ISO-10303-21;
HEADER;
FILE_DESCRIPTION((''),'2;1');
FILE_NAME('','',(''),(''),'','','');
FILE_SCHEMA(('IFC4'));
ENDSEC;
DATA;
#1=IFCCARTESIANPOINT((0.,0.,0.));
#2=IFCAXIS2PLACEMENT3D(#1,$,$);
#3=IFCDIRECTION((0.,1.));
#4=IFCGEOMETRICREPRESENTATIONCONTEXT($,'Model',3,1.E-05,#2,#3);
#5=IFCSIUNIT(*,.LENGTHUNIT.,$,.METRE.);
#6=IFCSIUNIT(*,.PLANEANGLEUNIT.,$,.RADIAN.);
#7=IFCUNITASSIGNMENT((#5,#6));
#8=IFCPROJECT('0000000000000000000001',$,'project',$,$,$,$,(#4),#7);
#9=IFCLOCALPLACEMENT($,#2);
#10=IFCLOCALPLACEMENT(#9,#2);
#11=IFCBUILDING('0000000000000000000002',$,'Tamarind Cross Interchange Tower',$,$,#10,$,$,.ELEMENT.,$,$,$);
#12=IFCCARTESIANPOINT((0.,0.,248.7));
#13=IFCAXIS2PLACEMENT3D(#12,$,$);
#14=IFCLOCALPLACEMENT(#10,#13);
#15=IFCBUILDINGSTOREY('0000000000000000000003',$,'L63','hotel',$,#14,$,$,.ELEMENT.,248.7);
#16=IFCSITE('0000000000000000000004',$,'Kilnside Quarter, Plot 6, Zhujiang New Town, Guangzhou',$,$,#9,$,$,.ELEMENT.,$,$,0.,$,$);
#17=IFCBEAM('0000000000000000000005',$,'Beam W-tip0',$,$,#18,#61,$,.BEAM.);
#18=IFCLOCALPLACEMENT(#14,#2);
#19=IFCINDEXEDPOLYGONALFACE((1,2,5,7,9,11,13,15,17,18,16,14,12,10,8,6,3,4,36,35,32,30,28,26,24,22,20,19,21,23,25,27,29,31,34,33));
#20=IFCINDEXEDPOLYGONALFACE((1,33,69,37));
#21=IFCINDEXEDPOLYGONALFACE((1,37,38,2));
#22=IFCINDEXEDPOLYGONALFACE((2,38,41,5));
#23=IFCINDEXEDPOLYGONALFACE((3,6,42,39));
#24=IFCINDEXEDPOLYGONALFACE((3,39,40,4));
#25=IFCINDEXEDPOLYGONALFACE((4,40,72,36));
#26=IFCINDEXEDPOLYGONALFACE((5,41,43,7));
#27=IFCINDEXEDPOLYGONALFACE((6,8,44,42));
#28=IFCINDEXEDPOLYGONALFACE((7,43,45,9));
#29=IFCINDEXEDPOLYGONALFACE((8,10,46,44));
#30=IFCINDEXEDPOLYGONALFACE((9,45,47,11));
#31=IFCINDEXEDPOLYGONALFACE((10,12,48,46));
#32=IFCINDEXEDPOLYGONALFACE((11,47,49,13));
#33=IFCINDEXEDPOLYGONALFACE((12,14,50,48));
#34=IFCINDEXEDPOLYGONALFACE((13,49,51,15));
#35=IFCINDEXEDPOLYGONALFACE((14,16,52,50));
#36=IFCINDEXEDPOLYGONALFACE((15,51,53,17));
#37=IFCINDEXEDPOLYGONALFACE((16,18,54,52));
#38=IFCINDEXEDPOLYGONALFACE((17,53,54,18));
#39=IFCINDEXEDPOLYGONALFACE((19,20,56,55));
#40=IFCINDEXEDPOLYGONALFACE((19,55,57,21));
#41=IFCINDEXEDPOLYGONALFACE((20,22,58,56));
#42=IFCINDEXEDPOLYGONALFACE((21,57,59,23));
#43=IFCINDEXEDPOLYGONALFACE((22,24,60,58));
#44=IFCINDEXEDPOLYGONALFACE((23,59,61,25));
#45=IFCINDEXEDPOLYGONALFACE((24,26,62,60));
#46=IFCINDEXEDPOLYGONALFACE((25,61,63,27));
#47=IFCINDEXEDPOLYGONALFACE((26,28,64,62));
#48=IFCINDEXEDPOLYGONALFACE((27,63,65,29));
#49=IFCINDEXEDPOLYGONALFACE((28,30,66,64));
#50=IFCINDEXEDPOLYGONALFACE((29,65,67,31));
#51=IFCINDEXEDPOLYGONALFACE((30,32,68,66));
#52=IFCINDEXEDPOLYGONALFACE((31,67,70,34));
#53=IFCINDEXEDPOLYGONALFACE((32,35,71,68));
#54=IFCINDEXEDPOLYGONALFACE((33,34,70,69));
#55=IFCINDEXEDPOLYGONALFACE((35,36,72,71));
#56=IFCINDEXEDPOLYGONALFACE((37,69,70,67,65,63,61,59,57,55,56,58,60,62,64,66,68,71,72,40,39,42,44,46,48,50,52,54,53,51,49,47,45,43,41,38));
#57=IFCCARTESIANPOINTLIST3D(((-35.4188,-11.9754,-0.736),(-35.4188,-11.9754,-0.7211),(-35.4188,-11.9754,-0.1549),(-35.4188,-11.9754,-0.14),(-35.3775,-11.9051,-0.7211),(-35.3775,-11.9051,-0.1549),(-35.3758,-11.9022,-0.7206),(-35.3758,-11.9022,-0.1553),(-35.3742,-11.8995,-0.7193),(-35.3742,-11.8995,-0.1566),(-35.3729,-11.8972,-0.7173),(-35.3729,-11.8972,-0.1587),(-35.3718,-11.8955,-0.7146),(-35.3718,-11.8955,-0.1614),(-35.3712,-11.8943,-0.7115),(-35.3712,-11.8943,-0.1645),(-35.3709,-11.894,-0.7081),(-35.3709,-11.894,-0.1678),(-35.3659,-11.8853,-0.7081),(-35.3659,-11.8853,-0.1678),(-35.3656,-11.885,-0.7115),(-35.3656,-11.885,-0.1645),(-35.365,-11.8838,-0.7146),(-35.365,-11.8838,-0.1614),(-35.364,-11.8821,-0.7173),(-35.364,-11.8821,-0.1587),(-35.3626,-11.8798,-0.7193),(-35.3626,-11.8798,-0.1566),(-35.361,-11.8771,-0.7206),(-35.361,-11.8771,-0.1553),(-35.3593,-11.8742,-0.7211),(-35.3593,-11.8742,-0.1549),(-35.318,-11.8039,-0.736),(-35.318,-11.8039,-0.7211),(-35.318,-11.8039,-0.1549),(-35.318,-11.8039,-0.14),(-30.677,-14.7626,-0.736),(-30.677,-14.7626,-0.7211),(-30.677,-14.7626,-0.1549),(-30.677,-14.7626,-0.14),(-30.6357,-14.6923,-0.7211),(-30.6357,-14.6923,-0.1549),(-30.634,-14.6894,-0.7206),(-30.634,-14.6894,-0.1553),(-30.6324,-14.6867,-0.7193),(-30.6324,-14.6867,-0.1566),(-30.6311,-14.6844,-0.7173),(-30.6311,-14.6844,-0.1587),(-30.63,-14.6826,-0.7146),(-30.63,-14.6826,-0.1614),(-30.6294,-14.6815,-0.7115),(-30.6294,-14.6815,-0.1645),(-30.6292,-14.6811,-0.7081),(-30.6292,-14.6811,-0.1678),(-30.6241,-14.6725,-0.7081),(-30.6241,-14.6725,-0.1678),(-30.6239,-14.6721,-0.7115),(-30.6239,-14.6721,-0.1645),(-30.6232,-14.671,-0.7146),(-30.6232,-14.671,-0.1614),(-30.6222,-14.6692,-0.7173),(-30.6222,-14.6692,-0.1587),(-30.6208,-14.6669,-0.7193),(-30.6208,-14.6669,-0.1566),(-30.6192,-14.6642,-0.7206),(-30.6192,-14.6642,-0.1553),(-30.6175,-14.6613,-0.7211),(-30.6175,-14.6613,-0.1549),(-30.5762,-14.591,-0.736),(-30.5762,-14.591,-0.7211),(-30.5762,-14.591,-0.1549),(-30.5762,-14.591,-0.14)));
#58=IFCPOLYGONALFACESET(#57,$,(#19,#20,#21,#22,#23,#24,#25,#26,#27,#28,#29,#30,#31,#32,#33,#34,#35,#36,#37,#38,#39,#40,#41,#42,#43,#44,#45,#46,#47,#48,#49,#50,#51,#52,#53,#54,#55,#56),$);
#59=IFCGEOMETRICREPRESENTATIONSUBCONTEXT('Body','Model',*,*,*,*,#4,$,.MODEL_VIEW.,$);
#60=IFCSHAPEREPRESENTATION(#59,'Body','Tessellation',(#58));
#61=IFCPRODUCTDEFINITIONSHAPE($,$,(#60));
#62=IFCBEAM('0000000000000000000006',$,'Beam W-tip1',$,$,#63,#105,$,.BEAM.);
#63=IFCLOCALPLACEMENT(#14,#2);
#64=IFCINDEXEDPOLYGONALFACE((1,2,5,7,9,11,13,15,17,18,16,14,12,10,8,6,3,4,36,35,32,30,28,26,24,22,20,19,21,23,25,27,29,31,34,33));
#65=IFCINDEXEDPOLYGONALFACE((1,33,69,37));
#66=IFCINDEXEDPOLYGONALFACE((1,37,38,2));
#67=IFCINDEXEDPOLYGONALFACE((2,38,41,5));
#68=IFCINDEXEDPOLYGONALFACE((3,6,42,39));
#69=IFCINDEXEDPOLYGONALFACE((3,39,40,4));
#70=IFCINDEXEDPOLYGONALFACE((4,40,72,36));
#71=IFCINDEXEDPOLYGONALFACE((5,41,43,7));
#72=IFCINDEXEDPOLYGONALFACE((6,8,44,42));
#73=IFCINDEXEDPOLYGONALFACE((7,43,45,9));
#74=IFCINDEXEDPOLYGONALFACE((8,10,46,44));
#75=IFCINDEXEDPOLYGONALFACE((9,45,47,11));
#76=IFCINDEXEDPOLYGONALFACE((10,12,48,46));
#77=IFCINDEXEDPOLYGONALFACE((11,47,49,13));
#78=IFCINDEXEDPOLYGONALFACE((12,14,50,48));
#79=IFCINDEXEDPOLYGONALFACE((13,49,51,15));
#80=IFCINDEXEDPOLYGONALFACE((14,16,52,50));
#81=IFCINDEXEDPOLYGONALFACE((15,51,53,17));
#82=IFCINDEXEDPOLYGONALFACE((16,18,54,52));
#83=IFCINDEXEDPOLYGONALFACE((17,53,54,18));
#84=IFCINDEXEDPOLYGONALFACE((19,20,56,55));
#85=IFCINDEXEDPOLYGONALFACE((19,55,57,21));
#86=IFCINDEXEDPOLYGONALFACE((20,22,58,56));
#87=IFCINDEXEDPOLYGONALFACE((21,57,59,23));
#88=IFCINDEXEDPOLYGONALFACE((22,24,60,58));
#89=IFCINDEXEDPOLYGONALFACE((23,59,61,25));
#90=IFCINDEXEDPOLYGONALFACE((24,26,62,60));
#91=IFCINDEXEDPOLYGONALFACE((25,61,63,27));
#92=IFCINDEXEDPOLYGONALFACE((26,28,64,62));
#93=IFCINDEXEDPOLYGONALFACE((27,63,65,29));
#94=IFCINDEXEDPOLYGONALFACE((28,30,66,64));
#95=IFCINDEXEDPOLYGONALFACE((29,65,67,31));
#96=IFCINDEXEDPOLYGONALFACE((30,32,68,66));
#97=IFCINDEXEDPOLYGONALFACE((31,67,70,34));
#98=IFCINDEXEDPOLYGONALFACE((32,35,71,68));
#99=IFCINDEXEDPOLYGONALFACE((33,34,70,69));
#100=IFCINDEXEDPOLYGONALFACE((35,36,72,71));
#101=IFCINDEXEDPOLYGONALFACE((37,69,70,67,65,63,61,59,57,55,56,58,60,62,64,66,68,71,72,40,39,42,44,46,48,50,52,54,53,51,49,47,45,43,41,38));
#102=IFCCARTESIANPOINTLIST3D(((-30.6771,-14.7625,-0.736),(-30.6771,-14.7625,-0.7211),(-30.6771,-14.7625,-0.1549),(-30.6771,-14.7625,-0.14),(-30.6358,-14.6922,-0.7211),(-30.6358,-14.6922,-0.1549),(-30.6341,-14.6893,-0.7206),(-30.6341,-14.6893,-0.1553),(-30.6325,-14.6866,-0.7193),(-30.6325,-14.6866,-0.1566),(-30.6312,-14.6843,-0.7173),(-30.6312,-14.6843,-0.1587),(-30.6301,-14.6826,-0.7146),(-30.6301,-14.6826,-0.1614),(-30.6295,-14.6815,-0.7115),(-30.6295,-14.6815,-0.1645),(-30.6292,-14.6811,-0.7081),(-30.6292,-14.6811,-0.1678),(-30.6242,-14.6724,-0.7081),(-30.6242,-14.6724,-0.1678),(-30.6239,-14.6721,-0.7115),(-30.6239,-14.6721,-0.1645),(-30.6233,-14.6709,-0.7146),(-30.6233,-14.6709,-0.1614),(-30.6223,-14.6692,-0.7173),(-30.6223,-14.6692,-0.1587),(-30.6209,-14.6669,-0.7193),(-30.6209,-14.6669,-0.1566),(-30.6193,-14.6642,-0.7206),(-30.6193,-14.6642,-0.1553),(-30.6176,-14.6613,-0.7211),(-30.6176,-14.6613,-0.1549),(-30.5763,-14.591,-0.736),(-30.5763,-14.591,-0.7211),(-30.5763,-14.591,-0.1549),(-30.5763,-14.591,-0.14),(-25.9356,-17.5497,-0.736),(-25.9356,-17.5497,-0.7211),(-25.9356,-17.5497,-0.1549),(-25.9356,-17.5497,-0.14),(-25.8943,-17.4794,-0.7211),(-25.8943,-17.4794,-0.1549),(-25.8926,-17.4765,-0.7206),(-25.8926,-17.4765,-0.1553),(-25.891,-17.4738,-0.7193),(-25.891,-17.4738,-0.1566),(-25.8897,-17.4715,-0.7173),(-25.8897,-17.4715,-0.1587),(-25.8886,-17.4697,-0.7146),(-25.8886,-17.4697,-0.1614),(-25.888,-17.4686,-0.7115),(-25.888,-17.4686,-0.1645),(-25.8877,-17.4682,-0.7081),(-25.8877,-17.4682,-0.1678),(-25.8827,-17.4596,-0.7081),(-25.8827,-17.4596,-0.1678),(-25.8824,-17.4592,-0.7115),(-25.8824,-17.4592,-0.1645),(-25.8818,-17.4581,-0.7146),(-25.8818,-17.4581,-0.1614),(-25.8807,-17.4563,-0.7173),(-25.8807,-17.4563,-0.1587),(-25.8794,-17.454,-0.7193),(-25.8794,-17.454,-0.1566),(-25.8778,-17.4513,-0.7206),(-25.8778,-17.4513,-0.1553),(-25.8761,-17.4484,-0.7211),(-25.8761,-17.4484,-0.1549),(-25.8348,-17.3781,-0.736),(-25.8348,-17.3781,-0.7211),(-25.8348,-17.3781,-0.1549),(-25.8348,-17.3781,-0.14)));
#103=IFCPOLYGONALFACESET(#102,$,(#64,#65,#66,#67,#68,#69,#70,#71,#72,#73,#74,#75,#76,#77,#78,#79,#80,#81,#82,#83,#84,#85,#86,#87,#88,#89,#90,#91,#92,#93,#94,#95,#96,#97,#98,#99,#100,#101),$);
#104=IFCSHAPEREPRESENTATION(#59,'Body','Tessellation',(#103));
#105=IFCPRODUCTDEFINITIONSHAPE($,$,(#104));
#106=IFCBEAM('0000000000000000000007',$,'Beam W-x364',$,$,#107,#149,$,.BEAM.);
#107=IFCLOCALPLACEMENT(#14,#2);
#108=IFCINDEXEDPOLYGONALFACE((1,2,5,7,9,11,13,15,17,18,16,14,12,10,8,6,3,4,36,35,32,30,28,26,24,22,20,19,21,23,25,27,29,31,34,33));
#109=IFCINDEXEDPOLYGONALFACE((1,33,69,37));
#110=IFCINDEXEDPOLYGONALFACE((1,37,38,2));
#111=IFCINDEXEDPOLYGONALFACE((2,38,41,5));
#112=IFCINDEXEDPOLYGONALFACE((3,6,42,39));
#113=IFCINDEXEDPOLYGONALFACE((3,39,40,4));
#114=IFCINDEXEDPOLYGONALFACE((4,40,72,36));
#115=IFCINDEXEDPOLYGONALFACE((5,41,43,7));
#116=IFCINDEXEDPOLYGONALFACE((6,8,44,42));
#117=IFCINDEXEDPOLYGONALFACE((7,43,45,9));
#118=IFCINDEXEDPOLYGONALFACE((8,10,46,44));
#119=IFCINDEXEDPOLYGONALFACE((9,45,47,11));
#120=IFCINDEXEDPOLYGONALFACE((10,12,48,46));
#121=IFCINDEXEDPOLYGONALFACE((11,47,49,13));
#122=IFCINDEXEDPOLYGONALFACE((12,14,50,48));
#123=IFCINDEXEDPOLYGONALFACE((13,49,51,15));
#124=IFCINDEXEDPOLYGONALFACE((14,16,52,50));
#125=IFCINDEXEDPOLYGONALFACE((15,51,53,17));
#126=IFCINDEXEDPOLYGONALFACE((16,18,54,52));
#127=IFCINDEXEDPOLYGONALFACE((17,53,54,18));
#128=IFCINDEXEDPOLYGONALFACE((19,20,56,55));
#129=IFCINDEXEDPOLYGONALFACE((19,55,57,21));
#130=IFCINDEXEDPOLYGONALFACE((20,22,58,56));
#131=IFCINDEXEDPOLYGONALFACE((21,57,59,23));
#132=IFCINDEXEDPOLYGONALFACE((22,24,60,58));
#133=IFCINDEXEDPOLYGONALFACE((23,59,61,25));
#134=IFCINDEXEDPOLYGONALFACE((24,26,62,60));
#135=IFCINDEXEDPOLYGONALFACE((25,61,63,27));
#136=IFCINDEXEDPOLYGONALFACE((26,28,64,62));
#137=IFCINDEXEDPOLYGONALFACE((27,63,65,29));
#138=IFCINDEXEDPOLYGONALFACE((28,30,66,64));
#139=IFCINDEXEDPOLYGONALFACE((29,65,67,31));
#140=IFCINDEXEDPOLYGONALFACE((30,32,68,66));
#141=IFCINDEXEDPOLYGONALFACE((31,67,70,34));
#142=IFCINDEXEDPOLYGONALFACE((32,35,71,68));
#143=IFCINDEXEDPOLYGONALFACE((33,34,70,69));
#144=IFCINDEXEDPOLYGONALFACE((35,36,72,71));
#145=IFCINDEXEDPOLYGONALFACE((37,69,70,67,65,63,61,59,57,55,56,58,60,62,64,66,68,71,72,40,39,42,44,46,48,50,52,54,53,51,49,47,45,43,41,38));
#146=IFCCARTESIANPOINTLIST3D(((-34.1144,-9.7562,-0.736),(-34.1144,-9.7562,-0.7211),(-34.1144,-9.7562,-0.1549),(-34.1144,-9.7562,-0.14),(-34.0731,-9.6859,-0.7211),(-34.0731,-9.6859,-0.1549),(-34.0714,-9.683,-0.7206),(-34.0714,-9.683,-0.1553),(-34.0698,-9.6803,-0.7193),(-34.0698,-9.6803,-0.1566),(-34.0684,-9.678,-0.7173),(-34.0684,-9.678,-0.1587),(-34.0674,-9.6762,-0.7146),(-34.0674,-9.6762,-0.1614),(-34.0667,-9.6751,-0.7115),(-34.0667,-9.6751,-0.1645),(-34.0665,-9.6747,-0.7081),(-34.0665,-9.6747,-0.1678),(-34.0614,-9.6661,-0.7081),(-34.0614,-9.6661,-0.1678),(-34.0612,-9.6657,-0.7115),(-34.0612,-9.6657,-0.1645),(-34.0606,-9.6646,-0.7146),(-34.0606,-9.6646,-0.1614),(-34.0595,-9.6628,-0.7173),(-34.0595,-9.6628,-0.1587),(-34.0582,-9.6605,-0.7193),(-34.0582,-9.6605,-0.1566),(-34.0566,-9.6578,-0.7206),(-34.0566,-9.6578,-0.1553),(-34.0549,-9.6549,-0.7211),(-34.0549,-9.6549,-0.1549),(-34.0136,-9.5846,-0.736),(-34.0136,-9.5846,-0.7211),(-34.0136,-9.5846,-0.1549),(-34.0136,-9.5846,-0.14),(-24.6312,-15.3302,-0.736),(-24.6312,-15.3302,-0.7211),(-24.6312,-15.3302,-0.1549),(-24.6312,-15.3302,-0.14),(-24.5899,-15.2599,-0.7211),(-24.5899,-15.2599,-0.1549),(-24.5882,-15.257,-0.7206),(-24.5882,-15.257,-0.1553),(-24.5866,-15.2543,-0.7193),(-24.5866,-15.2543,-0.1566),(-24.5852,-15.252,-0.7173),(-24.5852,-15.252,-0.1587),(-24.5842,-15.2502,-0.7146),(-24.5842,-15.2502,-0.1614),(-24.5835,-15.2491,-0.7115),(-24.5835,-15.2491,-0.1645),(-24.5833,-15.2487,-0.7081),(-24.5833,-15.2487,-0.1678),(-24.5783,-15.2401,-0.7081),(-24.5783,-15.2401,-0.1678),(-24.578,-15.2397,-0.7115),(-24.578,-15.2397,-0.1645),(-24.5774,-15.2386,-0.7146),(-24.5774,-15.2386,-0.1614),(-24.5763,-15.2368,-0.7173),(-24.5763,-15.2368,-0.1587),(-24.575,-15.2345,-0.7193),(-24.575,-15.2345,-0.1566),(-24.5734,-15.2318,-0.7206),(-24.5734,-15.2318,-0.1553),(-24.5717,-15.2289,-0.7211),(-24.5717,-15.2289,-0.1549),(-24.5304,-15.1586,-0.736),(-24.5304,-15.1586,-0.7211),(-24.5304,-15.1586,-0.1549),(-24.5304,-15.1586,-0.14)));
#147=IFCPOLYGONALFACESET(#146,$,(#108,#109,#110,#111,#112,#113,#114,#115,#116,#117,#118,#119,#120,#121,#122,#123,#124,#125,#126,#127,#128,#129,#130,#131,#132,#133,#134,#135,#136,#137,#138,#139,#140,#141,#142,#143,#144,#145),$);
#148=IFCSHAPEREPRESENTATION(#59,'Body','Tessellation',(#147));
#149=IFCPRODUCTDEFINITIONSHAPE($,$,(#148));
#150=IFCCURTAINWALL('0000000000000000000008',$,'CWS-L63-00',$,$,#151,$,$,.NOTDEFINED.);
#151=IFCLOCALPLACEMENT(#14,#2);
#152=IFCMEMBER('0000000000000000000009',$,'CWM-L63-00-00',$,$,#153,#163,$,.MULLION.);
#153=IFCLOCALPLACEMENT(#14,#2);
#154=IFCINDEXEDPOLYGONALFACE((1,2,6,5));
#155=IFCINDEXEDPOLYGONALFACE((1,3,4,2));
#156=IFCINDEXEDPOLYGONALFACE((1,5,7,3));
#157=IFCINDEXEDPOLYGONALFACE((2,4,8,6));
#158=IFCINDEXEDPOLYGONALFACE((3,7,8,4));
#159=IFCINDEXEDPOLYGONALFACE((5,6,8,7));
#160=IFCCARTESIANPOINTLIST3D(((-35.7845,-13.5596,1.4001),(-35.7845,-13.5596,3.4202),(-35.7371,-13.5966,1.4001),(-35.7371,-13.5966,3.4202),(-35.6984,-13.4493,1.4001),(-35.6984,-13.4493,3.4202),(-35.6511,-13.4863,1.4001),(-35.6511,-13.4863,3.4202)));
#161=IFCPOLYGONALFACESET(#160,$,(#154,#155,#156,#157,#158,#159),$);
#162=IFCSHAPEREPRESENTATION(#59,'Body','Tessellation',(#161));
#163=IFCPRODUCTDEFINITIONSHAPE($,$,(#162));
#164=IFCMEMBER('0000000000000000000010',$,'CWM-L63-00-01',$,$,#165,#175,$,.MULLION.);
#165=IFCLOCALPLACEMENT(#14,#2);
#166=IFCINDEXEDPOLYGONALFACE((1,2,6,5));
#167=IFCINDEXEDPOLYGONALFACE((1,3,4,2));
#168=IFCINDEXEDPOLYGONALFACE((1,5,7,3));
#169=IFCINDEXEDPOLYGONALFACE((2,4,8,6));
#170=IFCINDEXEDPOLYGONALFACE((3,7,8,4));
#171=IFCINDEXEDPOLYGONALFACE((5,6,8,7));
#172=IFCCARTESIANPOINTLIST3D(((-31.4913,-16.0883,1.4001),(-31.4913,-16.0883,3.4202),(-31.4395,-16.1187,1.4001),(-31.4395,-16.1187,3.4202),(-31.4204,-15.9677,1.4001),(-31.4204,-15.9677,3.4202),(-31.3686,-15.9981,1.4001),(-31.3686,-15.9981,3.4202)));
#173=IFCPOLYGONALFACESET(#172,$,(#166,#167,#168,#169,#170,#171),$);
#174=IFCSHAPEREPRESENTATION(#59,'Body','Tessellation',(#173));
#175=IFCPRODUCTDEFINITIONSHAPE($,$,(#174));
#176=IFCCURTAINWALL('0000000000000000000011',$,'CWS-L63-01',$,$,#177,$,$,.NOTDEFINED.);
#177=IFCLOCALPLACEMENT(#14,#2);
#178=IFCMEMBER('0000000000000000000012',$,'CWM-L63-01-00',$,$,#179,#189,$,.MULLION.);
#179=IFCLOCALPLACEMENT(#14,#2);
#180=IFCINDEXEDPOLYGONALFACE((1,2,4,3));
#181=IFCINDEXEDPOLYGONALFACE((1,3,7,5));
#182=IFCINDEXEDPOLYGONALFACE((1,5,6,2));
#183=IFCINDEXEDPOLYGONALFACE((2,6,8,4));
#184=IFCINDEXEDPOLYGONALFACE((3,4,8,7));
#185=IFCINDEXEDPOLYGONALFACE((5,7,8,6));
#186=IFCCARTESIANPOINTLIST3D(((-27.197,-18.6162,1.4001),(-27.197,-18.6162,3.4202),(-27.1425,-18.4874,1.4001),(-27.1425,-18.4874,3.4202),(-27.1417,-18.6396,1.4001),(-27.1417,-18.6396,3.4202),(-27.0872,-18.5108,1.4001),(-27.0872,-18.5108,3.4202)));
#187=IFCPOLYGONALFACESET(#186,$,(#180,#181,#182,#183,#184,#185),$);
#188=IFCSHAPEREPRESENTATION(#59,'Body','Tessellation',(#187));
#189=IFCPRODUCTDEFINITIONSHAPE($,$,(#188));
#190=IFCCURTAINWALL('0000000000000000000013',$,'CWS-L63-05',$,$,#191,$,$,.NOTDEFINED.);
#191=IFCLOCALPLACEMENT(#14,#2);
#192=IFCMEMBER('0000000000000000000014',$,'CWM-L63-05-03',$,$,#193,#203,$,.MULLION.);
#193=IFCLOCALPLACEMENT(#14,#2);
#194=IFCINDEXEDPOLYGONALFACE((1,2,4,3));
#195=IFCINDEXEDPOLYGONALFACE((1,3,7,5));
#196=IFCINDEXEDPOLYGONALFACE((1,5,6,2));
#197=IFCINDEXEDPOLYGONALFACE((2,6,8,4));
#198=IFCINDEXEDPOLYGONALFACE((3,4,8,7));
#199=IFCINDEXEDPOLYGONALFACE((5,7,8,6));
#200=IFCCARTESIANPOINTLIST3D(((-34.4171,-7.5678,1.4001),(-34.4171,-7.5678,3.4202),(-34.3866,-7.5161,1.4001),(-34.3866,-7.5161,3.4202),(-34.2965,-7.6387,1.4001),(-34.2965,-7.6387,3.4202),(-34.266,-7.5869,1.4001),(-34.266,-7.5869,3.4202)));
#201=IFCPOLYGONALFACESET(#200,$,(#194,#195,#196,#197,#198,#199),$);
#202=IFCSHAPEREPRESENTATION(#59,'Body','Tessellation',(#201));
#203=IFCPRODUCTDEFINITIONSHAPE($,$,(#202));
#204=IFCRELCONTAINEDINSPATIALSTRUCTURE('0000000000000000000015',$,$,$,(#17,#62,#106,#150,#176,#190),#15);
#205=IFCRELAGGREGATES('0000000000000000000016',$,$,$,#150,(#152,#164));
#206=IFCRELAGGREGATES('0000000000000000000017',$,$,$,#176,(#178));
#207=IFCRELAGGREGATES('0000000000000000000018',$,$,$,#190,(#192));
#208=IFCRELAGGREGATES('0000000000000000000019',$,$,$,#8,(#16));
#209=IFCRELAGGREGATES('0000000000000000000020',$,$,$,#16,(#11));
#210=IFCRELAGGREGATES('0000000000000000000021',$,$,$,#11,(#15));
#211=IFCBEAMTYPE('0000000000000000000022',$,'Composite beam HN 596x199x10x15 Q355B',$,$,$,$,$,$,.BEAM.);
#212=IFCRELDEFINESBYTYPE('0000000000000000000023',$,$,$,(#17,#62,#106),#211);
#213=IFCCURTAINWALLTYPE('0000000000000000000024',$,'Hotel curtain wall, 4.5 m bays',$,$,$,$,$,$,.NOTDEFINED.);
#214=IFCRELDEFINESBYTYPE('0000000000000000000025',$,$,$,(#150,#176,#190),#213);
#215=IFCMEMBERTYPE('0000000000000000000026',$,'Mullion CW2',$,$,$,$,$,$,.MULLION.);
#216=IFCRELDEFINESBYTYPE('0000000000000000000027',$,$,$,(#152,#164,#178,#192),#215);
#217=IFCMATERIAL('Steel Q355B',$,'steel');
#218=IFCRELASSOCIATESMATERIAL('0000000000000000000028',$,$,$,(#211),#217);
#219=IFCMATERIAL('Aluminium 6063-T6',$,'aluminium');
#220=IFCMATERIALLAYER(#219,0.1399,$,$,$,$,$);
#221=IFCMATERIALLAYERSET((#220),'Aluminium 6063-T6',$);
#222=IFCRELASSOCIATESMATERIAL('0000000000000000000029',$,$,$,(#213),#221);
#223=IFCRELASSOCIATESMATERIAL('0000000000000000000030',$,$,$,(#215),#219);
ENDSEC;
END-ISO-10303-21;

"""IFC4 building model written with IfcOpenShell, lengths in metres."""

from ifc_helpers import new_model, si_unit, direction, frame, origin, origin_2d, place, context, subcontext, project, spatial, rectangle, i_section, extrude, material, layer, layer_set, material_profile, profile_set, type_object, element, aggregate, save


model = new_model("IFC4")

# Units and contexts
model_context = context("Model", 3, precision=1e-05, world=origin(), true_north=direction((0.0, 1.0)))
body_context = subcontext(model_context, "Body", "Model", "MODEL_VIEW")
ifc_project = project(units=[si_unit("LENGTHUNIT", "METRE"), si_unit("PLANEANGLEUNIT", "RADIAN")], contexts=[model_context])

# Site, building, storey
site_placement = place(None, origin())
site = spatial("IfcSite", under=ifc_project, at=site_placement, Name="Kilnside Quarter, Plot 6, Zhujiang New Town, Guangzhou", CompositionType="ELEMENT", RefElevation=0.0)
building_placement = place(site_placement, origin())
building = spatial("IfcBuilding", under=site, at=building_placement, Name="Tamarind Cross Interchange Tower", CompositionType="ELEMENT")
storey_placement = place(building_placement, frame((0.0, 0.0, 248.7)))
storey = spatial("IfcBuildingStorey", under=building, at=storey_placement, Name="L63", Description="hotel", CompositionType="ELEMENT", Elevation=248.7)

# Beams
ifc_material_1 = material(Name="Steel Q355B", Category="steel")
ifc_material_profile_1 = material_profile(ifc_material_1, i_section(OverallWidth=0.199, OverallDepth=0.5959, WebThickness=0.01, FlangeThickness=0.0149, FilletRadius=0.0129, at=origin_2d()), Name="HN 596x199x10x15")
ifc_profile_set_1 = profile_set([ifc_material_profile_1], Name="Steel Q355B")
beam_type_1 = type_object("IfcBeamType", Name="Composite beam HN 596x199x10x15 Q355B", PredefinedType="BEAM", material=ifc_profile_set_1)
beam_1_placement = place(storey_placement, frame((-35.3684, -11.8896, -0.438), z_axis=(0.862103, -0.506733, 0.0), x_axis=(0.506733, 0.862103, 0.0)))
element("IfcBeam", 1, at=beam_1_placement, inside=storey, type_object=beam_type_1, Name="Beam W-tip0", PredefinedType="BEAM", context=body_context, shape_type="SweptSolid", body=[
    extrude(i_section(OverallWidth=0.199, OverallDepth=0.5959, WebThickness=0.01, FlangeThickness=0.0149, FilletRadius=0.0129, at=origin_2d()), origin(), (0.0, 0.0, 1.0), 5.5002),
])
beam_2_placement = place(storey_placement, frame((-30.6267, -14.6768, -0.438), z_axis=(0.862092, -0.506752, 0.0), x_axis=(0.506752, 0.862092, 0.0)))
element("IfcBeam", 2, at=beam_2_placement, inside=storey, type_object=beam_type_1, Name="Beam W-tip1", PredefinedType="BEAM", context=body_context, shape_type="SweptSolid", body=[
    extrude(i_section(OverallWidth=0.199, OverallDepth=0.5959, WebThickness=0.01, FlangeThickness=0.0149, FilletRadius=0.0129, at=origin_2d()), origin(), (0.0, 0.0, 1.0), 5.5),
])
beam_3_placement = place(storey_placement, frame((-34.064, -9.6704, -0.438), z_axis=(0.862107, -0.506726, 0.0), x_axis=(0.506726, 0.862107, 0.0)))
element("IfcBeam", 3, at=beam_3_placement, inside=storey, type_object=beam_type_1, Name="Beam W-x364", PredefinedType="BEAM", context=body_context, shape_type="SweptSolid", body=[
    extrude(i_section(OverallWidth=0.199, OverallDepth=0.5959, WebThickness=0.01, FlangeThickness=0.0149, FilletRadius=0.0129, at=origin_2d()), origin(), (0.0, 0.0, 1.0), 11.0),
])

# Curtain wall, members
ifc_material_2 = material(Name="Aluminium 6063-T6", Category="aluminium")
ifc_layer_1 = layer(ifc_material_2, 0.1399)
ifc_layer_set_1 = layer_set([ifc_layer_1], Name="Aluminium 6063-T6")
curtain_wall_type = type_object("IfcCurtainWallType", Name="Hotel curtain wall, 4.5 m bays", PredefinedType="NOTDEFINED", material=ifc_layer_set_1)
curtain_wall_1_placement = place(storey_placement, origin())
curtain_wall_1 = element("IfcCurtainWall", 4, at=curtain_wall_1_placement, inside=storey, type_object=curtain_wall_type, Name="CWS-L63-00", PredefinedType="NOTDEFINED")
ifc_material_profile_2 = material_profile(ifc_material_2, rectangle(XDim=0.0601, YDim=0.1399, at=origin_2d()), Name="Mullion CW2")
ifc_profile_set_2 = profile_set([ifc_material_profile_2], Name="Aluminium 6063-T6")
member_type = type_object("IfcMemberType", Name="Mullion CW2", PredefinedType="MULLION", material=ifc_profile_set_2)
member_1_placement = place(storey_placement, frame((-35.7178, -13.5229, 1.4001), z_axis=(0.0, 0.0, 1.0), x_axis=(0.788586, -0.614924, 0.0)))
member_1 = element("IfcMember", 5, at=member_1_placement, type_object=member_type, Name="CWM-L63-00-00", PredefinedType="MULLION", context=body_context, shape_type="SweptSolid", body=[
    extrude(rectangle(XDim=0.0601, YDim=0.1399, at=origin_2d()), origin(), (0.0, 0.0, 1.0), 2.02),
])
member_2_placement = place(storey_placement, frame((-31.4299, -16.0432, 1.4001), z_axis=(0.0, 0.0, 1.0), x_axis=(0.862104, -0.506732, 0.0)))
member_2 = element("IfcMember", 6, at=member_2_placement, type_object=member_type, Name="CWM-L63-00-01", PredefinedType="MULLION", context=body_context, shape_type="SweptSolid", body=[
    extrude(rectangle(XDim=0.0601, YDim=0.1399, at=origin_2d()), origin(), (0.0, 0.0, 1.0), 2.02),
])
aggregate(curtain_wall_1, [member_1, member_2])

# Curtain walls, members
curtain_wall_2_placement = place(storey_placement, origin())
curtain_wall_2 = element("IfcCurtainWall", 7, at=curtain_wall_2_placement, inside=storey, type_object=curtain_wall_type, Name="CWS-L63-01", PredefinedType="NOTDEFINED")
member_3_placement = place(storey_placement, frame((-27.1421, -18.5635, 1.4001), z_axis=(0.0, 0.0, 1.0), x_axis=(0.92087, -0.38987, 0.0)))
member_3 = element("IfcMember", 8, at=member_3_placement, type_object=member_type, Name="CWM-L63-01-00", PredefinedType="MULLION", context=body_context, shape_type="SweptSolid", body=[
    extrude(rectangle(XDim=0.0601, YDim=0.1399, at=origin_2d()), origin(), (0.0, 0.0, 1.0), 2.02),
])
aggregate(curtain_wall_2, [member_3])
curtain_wall_3_placement = place(storey_placement, origin())
curtain_wall_3 = element("IfcCurtainWall", 9, at=curtain_wall_3_placement, inside=storey, type_object=curtain_wall_type, Name="CWS-L63-05", PredefinedType="NOTDEFINED")
member_4_placement = place(storey_placement, frame((-34.3416, -7.5774, 1.4001), z_axis=(0.0, 0.0, 1.0), x_axis=(-0.506732, -0.862104, 0.0)))
member_4 = element("IfcMember", 10, at=member_4_placement, type_object=member_type, Name="CWM-L63-05-03", PredefinedType="MULLION", context=body_context, shape_type="SweptSolid", body=[
    extrude(rectangle(XDim=0.0601, YDim=0.1399, at=origin_2d()), origin(), (0.0, 0.0, 1.0), 2.02),
])
aggregate(curtain_wall_3, [member_4])

save(model, "model.ifc")
